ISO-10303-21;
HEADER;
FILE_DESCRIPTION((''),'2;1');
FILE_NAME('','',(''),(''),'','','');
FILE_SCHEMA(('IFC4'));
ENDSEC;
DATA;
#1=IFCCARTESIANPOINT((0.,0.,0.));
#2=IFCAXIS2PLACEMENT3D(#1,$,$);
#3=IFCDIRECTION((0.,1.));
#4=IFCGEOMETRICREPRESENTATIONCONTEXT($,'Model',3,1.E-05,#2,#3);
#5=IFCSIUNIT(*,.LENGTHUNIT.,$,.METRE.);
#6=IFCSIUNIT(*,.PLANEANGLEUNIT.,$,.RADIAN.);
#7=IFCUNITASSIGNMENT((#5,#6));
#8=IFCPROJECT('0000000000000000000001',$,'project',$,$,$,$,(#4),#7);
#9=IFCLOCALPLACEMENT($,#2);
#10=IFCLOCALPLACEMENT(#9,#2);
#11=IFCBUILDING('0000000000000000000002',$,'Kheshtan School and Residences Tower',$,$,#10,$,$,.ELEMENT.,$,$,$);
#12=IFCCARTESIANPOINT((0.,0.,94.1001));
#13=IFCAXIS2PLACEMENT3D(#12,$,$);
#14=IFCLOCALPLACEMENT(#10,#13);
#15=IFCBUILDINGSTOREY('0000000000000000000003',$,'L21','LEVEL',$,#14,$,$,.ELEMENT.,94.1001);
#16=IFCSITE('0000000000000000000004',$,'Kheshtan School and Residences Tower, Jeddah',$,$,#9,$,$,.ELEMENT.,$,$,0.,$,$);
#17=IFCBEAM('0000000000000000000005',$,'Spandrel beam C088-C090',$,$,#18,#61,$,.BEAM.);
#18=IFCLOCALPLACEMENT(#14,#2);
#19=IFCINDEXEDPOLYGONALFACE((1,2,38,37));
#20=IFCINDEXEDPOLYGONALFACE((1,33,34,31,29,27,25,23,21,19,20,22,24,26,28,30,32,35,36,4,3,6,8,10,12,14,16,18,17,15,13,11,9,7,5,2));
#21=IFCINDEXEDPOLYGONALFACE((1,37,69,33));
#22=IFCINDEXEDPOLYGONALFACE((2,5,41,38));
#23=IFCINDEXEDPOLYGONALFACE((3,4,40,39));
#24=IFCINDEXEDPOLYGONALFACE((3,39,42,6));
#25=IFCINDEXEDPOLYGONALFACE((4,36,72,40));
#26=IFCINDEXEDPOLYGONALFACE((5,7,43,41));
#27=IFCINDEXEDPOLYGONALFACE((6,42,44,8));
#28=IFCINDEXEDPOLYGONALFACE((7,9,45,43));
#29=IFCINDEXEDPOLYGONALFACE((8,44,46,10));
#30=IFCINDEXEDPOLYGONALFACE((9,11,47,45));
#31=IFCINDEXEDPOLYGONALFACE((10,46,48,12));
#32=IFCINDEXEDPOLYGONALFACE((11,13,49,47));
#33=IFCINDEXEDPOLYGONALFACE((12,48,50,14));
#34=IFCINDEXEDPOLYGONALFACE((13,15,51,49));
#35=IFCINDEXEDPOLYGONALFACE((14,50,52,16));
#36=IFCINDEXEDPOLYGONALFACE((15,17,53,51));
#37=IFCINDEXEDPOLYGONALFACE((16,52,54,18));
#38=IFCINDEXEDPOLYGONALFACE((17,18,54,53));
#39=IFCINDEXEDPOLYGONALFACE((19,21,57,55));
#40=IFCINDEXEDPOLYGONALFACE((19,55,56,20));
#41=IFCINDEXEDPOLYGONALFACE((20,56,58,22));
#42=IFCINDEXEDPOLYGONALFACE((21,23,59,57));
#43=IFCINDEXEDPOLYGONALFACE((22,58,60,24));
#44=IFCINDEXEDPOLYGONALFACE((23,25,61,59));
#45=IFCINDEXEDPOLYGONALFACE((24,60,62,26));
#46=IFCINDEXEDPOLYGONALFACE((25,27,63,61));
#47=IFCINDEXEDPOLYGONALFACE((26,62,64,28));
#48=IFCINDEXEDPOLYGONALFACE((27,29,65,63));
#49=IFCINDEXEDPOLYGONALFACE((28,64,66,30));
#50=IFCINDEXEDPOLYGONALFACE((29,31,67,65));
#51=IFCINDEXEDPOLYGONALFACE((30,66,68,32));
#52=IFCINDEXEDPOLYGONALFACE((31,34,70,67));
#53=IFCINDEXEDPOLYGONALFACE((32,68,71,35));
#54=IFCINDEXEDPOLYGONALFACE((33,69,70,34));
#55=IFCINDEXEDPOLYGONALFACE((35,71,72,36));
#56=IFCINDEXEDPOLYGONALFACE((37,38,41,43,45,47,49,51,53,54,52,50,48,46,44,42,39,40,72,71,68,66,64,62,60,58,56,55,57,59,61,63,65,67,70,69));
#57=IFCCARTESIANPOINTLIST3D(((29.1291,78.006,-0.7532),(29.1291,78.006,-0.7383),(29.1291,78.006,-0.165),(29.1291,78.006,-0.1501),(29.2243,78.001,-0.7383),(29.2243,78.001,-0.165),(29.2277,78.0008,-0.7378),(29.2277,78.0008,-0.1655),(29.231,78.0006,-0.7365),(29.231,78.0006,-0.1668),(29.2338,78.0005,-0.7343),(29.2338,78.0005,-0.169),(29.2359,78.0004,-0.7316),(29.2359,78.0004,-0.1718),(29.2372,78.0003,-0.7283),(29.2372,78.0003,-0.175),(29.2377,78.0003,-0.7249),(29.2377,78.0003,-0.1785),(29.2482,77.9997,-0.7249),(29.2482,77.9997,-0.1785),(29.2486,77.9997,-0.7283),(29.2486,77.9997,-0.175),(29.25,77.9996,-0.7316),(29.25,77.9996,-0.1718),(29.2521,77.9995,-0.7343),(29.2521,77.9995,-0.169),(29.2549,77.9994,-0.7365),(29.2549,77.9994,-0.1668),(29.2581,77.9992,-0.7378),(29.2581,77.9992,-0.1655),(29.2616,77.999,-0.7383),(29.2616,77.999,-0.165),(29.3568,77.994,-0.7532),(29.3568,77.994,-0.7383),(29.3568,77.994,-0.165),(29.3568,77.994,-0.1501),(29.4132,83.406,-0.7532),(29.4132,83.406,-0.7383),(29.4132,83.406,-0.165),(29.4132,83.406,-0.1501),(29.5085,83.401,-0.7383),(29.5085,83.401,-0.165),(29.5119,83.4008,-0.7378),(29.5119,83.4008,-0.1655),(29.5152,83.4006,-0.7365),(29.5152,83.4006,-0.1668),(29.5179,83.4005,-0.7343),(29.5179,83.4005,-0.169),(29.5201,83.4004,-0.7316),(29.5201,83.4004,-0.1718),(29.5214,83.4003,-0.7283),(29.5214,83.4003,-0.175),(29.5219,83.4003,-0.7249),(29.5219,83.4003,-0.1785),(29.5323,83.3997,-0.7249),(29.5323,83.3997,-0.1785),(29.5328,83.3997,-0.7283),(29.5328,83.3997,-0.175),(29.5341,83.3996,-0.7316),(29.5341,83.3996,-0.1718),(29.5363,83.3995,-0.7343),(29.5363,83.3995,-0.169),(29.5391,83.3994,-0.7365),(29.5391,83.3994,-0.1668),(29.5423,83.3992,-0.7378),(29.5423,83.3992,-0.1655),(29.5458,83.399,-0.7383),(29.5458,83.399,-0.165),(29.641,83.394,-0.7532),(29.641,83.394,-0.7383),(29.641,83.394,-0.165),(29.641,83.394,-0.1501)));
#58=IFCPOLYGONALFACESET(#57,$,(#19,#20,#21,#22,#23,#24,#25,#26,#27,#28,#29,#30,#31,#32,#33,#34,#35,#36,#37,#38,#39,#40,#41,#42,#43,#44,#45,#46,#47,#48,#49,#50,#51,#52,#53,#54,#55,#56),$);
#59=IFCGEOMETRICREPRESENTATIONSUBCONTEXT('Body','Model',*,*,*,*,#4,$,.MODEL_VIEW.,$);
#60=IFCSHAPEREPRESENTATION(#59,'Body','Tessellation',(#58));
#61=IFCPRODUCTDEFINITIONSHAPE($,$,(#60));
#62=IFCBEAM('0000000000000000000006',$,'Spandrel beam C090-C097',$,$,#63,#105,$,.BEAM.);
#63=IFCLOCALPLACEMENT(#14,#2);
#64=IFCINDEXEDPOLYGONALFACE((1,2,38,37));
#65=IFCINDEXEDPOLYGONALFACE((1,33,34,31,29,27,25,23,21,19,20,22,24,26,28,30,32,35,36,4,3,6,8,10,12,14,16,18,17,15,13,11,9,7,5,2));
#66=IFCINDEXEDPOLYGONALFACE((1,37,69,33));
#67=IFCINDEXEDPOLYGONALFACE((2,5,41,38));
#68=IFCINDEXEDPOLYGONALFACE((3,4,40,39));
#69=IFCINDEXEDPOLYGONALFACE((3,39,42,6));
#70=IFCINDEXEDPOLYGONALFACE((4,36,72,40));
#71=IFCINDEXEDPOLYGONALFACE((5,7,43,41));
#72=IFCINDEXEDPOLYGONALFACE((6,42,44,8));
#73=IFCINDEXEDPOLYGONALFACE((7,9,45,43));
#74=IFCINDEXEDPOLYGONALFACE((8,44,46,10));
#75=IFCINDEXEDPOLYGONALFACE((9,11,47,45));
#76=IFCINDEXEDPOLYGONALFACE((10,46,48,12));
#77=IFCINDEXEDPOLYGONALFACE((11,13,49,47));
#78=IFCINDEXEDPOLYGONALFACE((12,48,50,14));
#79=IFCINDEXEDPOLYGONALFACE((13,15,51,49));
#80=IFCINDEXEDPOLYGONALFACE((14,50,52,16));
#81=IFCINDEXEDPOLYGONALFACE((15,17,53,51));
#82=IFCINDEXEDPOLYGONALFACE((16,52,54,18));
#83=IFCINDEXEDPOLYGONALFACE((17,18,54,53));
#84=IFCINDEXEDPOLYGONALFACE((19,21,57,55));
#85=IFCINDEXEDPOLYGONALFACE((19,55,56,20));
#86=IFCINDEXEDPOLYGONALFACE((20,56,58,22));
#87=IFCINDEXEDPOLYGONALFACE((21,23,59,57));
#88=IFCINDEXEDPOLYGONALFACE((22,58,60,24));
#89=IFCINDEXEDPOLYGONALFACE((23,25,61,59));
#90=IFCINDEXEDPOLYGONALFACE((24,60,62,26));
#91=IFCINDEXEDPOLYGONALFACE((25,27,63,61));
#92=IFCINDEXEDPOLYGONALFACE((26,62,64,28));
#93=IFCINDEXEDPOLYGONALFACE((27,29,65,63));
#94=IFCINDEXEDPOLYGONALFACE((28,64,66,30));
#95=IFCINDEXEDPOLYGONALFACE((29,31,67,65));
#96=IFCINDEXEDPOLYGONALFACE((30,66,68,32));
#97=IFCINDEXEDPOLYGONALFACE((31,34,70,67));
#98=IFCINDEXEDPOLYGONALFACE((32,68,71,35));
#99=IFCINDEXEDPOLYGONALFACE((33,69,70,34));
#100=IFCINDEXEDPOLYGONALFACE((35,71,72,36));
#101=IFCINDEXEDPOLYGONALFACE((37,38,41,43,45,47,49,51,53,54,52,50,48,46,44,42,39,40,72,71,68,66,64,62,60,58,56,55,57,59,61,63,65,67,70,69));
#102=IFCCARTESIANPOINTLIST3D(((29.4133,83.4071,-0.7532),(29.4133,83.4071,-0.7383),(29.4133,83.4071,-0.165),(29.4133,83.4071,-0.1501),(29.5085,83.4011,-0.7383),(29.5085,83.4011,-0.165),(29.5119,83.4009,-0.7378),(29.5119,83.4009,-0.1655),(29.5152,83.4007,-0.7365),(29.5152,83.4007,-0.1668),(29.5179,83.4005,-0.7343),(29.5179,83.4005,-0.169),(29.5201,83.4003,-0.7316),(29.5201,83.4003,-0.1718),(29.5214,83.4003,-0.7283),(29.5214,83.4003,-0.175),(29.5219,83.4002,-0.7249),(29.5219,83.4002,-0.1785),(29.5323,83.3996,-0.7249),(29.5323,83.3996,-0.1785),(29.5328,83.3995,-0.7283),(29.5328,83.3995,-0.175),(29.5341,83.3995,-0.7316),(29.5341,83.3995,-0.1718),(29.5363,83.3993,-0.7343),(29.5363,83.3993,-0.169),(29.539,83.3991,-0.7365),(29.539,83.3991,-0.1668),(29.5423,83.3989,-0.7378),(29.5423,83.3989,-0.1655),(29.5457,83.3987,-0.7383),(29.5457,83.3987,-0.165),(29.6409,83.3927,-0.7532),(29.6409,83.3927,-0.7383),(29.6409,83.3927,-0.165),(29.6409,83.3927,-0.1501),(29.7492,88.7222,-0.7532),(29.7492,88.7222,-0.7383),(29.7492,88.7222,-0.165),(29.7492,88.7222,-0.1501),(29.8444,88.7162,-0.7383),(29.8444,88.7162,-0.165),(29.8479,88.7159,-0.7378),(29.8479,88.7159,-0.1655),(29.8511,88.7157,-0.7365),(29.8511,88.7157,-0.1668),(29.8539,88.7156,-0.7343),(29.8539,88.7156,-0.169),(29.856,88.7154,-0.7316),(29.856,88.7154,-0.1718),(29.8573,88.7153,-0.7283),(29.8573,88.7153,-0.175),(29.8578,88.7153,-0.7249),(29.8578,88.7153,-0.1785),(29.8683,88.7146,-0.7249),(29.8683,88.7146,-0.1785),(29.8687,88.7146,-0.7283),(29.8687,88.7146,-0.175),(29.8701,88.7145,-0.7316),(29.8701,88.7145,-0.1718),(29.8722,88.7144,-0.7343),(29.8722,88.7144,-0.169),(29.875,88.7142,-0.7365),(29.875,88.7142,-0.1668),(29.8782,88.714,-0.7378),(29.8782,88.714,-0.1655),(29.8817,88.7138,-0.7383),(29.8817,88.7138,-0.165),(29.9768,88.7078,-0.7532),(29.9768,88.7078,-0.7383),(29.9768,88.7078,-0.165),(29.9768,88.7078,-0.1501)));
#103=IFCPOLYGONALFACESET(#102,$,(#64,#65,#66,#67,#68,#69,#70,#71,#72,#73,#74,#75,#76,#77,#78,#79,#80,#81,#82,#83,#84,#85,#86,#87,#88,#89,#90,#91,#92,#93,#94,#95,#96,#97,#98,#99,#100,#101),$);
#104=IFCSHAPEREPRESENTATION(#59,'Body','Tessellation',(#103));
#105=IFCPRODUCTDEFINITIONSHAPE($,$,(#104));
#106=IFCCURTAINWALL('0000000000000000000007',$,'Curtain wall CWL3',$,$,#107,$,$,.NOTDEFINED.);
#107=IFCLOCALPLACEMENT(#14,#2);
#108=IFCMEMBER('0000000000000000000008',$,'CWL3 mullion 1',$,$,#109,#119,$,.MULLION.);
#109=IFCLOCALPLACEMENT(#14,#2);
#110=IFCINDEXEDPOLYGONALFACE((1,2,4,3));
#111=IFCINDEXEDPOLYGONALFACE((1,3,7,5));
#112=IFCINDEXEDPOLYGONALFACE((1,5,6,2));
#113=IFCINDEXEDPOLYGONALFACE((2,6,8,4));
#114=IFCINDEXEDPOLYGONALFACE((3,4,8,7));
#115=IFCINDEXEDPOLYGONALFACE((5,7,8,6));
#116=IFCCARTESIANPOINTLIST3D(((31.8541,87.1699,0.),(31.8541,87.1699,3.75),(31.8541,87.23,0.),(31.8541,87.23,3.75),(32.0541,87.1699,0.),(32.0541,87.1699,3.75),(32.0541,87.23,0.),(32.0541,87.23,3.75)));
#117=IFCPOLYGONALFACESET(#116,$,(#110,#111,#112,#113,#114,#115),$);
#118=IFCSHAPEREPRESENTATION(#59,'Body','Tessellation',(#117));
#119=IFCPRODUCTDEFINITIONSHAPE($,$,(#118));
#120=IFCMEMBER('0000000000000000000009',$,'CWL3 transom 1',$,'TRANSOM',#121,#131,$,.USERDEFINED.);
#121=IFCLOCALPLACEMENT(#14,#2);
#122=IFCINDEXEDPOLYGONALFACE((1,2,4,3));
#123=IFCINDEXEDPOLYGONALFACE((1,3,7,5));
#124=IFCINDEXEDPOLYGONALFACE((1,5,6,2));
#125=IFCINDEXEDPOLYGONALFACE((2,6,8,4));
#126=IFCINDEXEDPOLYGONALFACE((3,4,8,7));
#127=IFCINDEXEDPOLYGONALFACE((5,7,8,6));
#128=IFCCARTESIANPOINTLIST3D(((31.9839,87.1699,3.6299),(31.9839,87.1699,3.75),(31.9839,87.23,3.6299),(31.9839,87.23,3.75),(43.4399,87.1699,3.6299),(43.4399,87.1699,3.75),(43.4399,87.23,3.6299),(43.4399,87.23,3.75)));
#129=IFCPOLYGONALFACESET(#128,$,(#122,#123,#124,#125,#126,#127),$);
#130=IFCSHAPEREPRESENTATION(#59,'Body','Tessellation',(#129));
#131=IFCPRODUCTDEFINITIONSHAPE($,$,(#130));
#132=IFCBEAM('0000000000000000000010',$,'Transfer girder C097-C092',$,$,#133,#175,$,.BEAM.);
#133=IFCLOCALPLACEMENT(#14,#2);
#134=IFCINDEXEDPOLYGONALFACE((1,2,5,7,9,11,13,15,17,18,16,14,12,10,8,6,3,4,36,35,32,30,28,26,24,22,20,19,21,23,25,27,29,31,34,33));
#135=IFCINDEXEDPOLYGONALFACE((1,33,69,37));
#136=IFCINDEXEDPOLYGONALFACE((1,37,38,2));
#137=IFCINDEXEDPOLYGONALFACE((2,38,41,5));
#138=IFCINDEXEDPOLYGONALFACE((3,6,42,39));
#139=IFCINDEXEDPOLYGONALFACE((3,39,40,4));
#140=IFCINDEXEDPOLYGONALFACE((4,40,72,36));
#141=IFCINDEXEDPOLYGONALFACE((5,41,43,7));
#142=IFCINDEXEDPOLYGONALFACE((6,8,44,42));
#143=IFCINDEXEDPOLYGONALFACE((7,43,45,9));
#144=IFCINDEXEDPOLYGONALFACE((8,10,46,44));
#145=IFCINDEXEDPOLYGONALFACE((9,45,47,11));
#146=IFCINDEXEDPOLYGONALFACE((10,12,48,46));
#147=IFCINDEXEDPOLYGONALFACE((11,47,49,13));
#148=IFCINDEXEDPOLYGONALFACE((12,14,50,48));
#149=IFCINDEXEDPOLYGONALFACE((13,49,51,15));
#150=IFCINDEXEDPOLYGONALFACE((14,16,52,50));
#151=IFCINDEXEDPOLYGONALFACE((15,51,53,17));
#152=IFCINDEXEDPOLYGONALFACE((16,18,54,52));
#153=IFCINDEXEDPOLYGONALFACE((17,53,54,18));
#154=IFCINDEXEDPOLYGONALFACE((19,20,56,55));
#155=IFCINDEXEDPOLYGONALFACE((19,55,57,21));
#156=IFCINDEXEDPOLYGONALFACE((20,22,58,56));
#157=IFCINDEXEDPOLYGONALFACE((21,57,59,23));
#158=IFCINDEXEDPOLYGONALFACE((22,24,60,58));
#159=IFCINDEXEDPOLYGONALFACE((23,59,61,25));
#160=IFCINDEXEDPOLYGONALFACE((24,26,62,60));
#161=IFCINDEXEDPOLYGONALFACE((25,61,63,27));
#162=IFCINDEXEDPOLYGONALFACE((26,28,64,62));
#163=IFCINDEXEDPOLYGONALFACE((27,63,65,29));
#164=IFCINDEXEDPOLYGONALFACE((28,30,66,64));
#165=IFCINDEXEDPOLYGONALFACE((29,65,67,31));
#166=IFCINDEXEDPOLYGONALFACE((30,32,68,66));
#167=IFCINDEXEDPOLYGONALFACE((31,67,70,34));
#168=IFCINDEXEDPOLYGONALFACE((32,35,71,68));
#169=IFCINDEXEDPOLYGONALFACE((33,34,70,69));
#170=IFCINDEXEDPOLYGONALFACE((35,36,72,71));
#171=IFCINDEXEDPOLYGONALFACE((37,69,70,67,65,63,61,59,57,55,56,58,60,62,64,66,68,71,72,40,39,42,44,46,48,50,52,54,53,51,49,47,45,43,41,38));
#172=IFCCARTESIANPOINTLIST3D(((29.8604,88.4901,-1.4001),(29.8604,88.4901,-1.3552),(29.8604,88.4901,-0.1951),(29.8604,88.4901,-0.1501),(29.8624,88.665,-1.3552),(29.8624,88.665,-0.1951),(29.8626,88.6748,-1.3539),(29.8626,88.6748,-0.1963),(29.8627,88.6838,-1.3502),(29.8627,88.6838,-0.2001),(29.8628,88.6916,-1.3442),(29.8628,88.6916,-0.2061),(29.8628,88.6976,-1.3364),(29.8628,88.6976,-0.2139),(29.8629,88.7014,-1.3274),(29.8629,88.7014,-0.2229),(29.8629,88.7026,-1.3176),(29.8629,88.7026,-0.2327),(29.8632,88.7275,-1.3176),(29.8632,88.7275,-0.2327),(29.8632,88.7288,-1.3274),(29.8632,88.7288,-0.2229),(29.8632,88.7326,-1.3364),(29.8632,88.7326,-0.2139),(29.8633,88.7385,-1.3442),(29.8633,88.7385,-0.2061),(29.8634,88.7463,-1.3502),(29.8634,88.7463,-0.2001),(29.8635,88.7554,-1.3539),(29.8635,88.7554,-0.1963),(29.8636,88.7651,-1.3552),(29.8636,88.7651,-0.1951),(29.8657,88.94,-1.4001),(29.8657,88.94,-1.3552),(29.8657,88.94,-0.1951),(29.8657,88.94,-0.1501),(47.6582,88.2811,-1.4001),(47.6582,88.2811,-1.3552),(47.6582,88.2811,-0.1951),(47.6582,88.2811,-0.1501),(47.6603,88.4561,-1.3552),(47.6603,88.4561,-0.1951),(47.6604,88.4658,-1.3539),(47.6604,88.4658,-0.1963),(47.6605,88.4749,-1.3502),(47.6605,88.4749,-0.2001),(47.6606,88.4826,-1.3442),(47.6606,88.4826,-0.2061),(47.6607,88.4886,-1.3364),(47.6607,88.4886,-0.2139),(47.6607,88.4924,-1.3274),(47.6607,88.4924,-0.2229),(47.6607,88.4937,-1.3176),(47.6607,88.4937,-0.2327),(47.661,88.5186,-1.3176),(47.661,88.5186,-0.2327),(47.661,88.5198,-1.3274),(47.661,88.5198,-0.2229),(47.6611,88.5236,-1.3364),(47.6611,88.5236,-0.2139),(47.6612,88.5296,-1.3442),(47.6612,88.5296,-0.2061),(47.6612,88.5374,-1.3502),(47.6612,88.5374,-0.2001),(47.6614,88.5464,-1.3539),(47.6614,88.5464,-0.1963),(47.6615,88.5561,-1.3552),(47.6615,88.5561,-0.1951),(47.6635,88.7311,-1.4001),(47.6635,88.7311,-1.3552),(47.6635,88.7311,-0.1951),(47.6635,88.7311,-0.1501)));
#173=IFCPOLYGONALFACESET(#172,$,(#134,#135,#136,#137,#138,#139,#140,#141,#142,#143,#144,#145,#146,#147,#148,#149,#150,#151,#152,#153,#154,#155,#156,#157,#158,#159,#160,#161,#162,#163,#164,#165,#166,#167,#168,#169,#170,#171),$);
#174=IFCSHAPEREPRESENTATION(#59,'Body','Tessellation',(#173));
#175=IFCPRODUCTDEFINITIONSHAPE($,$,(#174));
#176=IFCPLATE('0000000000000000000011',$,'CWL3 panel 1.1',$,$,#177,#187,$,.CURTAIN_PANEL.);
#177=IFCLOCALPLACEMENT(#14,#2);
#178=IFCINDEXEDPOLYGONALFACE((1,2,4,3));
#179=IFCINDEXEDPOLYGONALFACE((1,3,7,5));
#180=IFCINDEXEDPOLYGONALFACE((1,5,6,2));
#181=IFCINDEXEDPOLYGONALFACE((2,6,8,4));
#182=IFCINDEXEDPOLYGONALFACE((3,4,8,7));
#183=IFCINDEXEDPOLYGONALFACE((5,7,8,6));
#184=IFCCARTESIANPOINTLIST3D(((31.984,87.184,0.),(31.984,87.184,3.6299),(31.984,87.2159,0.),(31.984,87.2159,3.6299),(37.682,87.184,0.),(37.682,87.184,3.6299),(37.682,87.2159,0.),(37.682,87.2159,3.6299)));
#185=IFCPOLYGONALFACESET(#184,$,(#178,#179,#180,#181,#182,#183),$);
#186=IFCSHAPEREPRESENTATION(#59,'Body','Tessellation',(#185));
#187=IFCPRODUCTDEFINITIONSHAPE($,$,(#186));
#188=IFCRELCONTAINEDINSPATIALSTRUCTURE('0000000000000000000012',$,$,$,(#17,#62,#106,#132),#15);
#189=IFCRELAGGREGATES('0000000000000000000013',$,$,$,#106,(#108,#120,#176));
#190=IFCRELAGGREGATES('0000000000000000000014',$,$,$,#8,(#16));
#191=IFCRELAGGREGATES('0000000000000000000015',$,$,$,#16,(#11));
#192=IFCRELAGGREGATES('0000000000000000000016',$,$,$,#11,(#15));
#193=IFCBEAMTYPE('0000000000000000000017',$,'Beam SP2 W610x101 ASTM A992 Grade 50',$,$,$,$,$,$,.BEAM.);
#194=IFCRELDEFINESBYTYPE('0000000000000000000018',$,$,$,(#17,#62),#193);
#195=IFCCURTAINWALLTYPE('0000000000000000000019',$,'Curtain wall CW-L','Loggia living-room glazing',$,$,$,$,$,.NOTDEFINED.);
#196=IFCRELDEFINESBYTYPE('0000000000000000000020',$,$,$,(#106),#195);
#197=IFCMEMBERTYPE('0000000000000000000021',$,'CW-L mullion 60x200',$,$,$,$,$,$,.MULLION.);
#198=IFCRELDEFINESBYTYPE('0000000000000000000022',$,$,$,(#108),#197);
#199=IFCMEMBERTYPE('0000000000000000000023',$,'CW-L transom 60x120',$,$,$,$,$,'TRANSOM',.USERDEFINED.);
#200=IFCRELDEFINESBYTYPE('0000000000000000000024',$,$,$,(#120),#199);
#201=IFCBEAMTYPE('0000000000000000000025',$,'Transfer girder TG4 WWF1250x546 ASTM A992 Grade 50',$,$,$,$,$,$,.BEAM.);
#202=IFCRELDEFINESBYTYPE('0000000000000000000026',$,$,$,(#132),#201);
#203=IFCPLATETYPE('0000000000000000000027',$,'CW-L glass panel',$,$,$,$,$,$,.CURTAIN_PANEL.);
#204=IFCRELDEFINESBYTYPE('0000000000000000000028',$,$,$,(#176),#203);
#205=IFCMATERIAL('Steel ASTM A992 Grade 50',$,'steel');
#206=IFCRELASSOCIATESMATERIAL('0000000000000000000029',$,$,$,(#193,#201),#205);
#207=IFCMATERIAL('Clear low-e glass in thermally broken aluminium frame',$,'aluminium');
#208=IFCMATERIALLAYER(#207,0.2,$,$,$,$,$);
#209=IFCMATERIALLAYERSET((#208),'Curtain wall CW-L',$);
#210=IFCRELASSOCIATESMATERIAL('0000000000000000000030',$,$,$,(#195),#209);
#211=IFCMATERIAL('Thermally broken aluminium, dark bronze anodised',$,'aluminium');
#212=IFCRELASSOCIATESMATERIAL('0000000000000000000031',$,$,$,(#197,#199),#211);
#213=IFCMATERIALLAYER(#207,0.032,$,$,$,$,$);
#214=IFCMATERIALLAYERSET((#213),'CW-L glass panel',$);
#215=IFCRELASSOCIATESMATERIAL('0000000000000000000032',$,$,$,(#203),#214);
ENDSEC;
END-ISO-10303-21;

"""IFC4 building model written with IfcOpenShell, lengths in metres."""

from ifc_helpers import new_model, si_unit, direction, frame, origin, origin_2d, place, context, subcontext, project, spatial, rectangle, i_section, extrude, material, layer, layer_set, material_profile, profile_set, type_object, element, aggregate, save


model = new_model("IFC4")

# Units and contexts
model_context = context("Model", 3, precision=1e-05, world=origin(), true_north=direction((0.0, 1.0)))
body_context = subcontext(model_context, "Body", "Model", "MODEL_VIEW")
ifc_project = project(units=[si_unit("LENGTHUNIT", "METRE"), si_unit("PLANEANGLEUNIT", "RADIAN")], contexts=[model_context])

# Site, building, storey
site_placement = place(None, origin())
site = spatial("IfcSite", under=ifc_project, at=site_placement, Name="Kheshtan School and Residences Tower, Jeddah", CompositionType="ELEMENT", RefElevation=0.0)
building_placement = place(site_placement, origin())
building = spatial("IfcBuilding", under=site, at=building_placement, Name="Kheshtan School and Residences Tower", CompositionType="ELEMENT")
storey_placement = place(building_placement, frame((0.0, 0.0, 94.1001)))
storey = spatial("IfcBuildingStorey", under=building, at=storey_placement, Name="L21", Description="LEVEL", CompositionType="ELEMENT", Elevation=94.1001)

# Shared definitions
ifc_material_1 = material(Name="Steel ASTM A992 Grade 50", Category="steel")

# Beams
ifc_material_profile_1 = material_profile(ifc_material_1, i_section(OverallWidth=0.228, OverallDepth=0.603, WebThickness=0.0105, FlangeThickness=0.0149, FilletRadius=0.0134, at=origin_2d()), Name="W610x101")
ifc_profile_set_1 = profile_set([ifc_material_profile_1], Name="Steel ASTM A992 Grade 50")
beam_type_1 = type_object("IfcBeamType", Name="Beam SP2 W610x101 ASTM A992 Grade 50", PredefinedType="BEAM", material=ifc_profile_set_1)
beam_1_placement = place(storey_placement, frame((29.2429, 78.0, -0.4517), z_axis=(0.052554, 0.998618, 0.0), x_axis=(-0.998618, 0.052554, 0.0)))
element("IfcBeam", 1, at=beam_1_placement, inside=storey, type_object=beam_type_1, Name="Spandrel beam C088-C090", PredefinedType="BEAM", context=body_context, shape_type="SweptSolid", body=[
    extrude(i_section(OverallWidth=0.228, OverallDepth=0.603, WebThickness=0.0105, FlangeThickness=0.0149, FilletRadius=0.0134, at=origin_2d()), origin(), (0.0, 0.0, 1.0), 5.4075),
])
beam_2_placement = place(storey_placement, frame((29.5271, 83.3999, -0.4517), z_axis=(0.063077, 0.998009, 0.0), x_axis=(-0.998009, 0.063077, 0.0)))
element("IfcBeam", 2, at=beam_2_placement, inside=storey, type_object=beam_type_1, Name="Spandrel beam C090-C097", PredefinedType="BEAM", context=body_context, shape_type="SweptSolid", body=[
    extrude(i_section(OverallWidth=0.228, OverallDepth=0.603, WebThickness=0.0105, FlangeThickness=0.0149, FilletRadius=0.0134, at=origin_2d()), origin(), (0.0, 0.0, 1.0), 5.3257),
])

# Curtain wall, members
ifc_material_2 = material(Name="Clear low-e glass in thermally broken aluminium frame", Category="aluminium")
ifc_layer_1 = layer(ifc_material_2, 0.2)
ifc_layer_set_1 = layer_set([ifc_layer_1], Name="Curtain wall CW-L")
curtain_wall_type = type_object("IfcCurtainWallType", Name="Curtain wall CW-L", Description="Loggia living-room glazing", PredefinedType="NOTDEFINED", material=ifc_layer_set_1)
curtain_wall_placement = place(storey_placement, origin())
curtain_wall = element("IfcCurtainWall", 3, at=curtain_wall_placement, inside=storey, type_object=curtain_wall_type, Name="Curtain wall CWL3", PredefinedType="NOTDEFINED")
ifc_material_3 = material(Name="Thermally broken aluminium, dark bronze anodised", Category="aluminium")
ifc_material_profile_2 = material_profile(ifc_material_3, rectangle(XDim=0.0601, YDim=0.2, at=origin_2d()), Name="CW-L mullion 60x200")
ifc_profile_set_2 = profile_set([ifc_material_profile_2], Name="Thermally broken aluminium, dark bronze anodised")
member_type_1 = type_object("IfcMemberType", Name="CW-L mullion 60x200", PredefinedType="MULLION", material=ifc_profile_set_2)
member_1_placement = place(storey_placement, frame((31.9541, 87.2, 0.0), z_axis=(0.0, 0.0, 1.0), x_axis=(0.0, 1.0, 0.0)))
member_1 = element("IfcMember", 4, at=member_1_placement, type_object=member_type_1, Name="CWL3 mullion 1", PredefinedType="MULLION", context=body_context, shape_type="SweptSolid", body=[
    extrude(rectangle(XDim=0.0601, YDim=0.2, at=origin_2d()), origin(), (0.0, 0.0, 1.0), 3.75),
])
ifc_material_profile_3 = material_profile(ifc_material_3, rectangle(XDim=0.0601, YDim=0.1201, at=origin_2d()), Name="CW-L transom 60x120")
ifc_profile_set_3 = profile_set([ifc_material_profile_3], Name="Thermally broken aluminium, dark bronze anodised")
member_type_2 = type_object("IfcMemberType", Name="CW-L transom 60x120", ElementType="TRANSOM", PredefinedType="USERDEFINED", material=ifc_profile_set_3)
member_2_placement = place(storey_placement, frame((31.9839, 87.2, 3.6899), z_axis=(1.0, 0.0, 0.0), x_axis=(0.0, 1.0, 0.0)))
member_2 = element("IfcMember", 5, at=member_2_placement, type_object=member_type_2, Name="CWL3 transom 1", ObjectType="TRANSOM", PredefinedType="USERDEFINED", context=body_context, shape_type="SweptSolid", body=[
    extrude(rectangle(XDim=0.0601, YDim=0.1201, at=origin_2d()), origin(), (0.0, 0.0, 1.0), 11.4561),
])

# Beam
ifc_material_profile_4 = material_profile(ifc_material_1, i_section(OverallWidth=0.45, OverallDepth=1.25, WebThickness=0.0249, FlangeThickness=0.0449, FilletRadius=0.0376, at=origin_2d()), Name="WWF1250x546")
ifc_profile_set_4 = profile_set([ifc_material_profile_4], Name="Steel ASTM A992 Grade 50")
beam_type_2 = type_object("IfcBeamType", Name="Transfer girder TG4 WWF1250x546 ASTM A992 Grade 50", PredefinedType="BEAM", material=ifc_profile_set_4)
beam_3_placement = place(storey_placement, frame((29.863, 88.7151, -0.7751), z_axis=(0.999931, -0.011741, 0.0), x_axis=(0.011741, 0.999931, 0.0)))
element("IfcBeam", 6, at=beam_3_placement, inside=storey, type_object=beam_type_2, Name="Transfer girder C097-C092", PredefinedType="BEAM", context=body_context, shape_type="SweptSolid", body=[
    extrude(i_section(OverallWidth=0.45, OverallDepth=1.25, WebThickness=0.0249, FlangeThickness=0.0449, FilletRadius=0.0376, at=origin_2d()), origin(), (0.0, 0.0, 1.0), 17.7991),
])

# Plate
ifc_layer_2 = layer(ifc_material_2, 0.032)
ifc_layer_set_2 = layer_set([ifc_layer_2], Name="CW-L glass panel")
plate_type = type_object("IfcPlateType", Name="CW-L glass panel", PredefinedType="CURTAIN_PANEL", material=ifc_layer_set_2)
plate_placement = place(storey_placement, frame((34.833, 87.2, 0.0), z_axis=(0.0, 0.0, 1.0), x_axis=(1.0, 0.0, 0.0)))
plate = element("IfcPlate", 7, at=plate_placement, type_object=plate_type, Name="CWL3 panel 1.1", PredefinedType="CURTAIN_PANEL", context=body_context, shape_type="SweptSolid", body=[
    extrude(rectangle(XDim=5.698, YDim=0.032, at=origin_2d()), origin(), (0.0, 0.0, 1.0), 3.6299),
])
aggregate(curtain_wall, [member_1, member_2, plate])

save(model, "model.ifc")
